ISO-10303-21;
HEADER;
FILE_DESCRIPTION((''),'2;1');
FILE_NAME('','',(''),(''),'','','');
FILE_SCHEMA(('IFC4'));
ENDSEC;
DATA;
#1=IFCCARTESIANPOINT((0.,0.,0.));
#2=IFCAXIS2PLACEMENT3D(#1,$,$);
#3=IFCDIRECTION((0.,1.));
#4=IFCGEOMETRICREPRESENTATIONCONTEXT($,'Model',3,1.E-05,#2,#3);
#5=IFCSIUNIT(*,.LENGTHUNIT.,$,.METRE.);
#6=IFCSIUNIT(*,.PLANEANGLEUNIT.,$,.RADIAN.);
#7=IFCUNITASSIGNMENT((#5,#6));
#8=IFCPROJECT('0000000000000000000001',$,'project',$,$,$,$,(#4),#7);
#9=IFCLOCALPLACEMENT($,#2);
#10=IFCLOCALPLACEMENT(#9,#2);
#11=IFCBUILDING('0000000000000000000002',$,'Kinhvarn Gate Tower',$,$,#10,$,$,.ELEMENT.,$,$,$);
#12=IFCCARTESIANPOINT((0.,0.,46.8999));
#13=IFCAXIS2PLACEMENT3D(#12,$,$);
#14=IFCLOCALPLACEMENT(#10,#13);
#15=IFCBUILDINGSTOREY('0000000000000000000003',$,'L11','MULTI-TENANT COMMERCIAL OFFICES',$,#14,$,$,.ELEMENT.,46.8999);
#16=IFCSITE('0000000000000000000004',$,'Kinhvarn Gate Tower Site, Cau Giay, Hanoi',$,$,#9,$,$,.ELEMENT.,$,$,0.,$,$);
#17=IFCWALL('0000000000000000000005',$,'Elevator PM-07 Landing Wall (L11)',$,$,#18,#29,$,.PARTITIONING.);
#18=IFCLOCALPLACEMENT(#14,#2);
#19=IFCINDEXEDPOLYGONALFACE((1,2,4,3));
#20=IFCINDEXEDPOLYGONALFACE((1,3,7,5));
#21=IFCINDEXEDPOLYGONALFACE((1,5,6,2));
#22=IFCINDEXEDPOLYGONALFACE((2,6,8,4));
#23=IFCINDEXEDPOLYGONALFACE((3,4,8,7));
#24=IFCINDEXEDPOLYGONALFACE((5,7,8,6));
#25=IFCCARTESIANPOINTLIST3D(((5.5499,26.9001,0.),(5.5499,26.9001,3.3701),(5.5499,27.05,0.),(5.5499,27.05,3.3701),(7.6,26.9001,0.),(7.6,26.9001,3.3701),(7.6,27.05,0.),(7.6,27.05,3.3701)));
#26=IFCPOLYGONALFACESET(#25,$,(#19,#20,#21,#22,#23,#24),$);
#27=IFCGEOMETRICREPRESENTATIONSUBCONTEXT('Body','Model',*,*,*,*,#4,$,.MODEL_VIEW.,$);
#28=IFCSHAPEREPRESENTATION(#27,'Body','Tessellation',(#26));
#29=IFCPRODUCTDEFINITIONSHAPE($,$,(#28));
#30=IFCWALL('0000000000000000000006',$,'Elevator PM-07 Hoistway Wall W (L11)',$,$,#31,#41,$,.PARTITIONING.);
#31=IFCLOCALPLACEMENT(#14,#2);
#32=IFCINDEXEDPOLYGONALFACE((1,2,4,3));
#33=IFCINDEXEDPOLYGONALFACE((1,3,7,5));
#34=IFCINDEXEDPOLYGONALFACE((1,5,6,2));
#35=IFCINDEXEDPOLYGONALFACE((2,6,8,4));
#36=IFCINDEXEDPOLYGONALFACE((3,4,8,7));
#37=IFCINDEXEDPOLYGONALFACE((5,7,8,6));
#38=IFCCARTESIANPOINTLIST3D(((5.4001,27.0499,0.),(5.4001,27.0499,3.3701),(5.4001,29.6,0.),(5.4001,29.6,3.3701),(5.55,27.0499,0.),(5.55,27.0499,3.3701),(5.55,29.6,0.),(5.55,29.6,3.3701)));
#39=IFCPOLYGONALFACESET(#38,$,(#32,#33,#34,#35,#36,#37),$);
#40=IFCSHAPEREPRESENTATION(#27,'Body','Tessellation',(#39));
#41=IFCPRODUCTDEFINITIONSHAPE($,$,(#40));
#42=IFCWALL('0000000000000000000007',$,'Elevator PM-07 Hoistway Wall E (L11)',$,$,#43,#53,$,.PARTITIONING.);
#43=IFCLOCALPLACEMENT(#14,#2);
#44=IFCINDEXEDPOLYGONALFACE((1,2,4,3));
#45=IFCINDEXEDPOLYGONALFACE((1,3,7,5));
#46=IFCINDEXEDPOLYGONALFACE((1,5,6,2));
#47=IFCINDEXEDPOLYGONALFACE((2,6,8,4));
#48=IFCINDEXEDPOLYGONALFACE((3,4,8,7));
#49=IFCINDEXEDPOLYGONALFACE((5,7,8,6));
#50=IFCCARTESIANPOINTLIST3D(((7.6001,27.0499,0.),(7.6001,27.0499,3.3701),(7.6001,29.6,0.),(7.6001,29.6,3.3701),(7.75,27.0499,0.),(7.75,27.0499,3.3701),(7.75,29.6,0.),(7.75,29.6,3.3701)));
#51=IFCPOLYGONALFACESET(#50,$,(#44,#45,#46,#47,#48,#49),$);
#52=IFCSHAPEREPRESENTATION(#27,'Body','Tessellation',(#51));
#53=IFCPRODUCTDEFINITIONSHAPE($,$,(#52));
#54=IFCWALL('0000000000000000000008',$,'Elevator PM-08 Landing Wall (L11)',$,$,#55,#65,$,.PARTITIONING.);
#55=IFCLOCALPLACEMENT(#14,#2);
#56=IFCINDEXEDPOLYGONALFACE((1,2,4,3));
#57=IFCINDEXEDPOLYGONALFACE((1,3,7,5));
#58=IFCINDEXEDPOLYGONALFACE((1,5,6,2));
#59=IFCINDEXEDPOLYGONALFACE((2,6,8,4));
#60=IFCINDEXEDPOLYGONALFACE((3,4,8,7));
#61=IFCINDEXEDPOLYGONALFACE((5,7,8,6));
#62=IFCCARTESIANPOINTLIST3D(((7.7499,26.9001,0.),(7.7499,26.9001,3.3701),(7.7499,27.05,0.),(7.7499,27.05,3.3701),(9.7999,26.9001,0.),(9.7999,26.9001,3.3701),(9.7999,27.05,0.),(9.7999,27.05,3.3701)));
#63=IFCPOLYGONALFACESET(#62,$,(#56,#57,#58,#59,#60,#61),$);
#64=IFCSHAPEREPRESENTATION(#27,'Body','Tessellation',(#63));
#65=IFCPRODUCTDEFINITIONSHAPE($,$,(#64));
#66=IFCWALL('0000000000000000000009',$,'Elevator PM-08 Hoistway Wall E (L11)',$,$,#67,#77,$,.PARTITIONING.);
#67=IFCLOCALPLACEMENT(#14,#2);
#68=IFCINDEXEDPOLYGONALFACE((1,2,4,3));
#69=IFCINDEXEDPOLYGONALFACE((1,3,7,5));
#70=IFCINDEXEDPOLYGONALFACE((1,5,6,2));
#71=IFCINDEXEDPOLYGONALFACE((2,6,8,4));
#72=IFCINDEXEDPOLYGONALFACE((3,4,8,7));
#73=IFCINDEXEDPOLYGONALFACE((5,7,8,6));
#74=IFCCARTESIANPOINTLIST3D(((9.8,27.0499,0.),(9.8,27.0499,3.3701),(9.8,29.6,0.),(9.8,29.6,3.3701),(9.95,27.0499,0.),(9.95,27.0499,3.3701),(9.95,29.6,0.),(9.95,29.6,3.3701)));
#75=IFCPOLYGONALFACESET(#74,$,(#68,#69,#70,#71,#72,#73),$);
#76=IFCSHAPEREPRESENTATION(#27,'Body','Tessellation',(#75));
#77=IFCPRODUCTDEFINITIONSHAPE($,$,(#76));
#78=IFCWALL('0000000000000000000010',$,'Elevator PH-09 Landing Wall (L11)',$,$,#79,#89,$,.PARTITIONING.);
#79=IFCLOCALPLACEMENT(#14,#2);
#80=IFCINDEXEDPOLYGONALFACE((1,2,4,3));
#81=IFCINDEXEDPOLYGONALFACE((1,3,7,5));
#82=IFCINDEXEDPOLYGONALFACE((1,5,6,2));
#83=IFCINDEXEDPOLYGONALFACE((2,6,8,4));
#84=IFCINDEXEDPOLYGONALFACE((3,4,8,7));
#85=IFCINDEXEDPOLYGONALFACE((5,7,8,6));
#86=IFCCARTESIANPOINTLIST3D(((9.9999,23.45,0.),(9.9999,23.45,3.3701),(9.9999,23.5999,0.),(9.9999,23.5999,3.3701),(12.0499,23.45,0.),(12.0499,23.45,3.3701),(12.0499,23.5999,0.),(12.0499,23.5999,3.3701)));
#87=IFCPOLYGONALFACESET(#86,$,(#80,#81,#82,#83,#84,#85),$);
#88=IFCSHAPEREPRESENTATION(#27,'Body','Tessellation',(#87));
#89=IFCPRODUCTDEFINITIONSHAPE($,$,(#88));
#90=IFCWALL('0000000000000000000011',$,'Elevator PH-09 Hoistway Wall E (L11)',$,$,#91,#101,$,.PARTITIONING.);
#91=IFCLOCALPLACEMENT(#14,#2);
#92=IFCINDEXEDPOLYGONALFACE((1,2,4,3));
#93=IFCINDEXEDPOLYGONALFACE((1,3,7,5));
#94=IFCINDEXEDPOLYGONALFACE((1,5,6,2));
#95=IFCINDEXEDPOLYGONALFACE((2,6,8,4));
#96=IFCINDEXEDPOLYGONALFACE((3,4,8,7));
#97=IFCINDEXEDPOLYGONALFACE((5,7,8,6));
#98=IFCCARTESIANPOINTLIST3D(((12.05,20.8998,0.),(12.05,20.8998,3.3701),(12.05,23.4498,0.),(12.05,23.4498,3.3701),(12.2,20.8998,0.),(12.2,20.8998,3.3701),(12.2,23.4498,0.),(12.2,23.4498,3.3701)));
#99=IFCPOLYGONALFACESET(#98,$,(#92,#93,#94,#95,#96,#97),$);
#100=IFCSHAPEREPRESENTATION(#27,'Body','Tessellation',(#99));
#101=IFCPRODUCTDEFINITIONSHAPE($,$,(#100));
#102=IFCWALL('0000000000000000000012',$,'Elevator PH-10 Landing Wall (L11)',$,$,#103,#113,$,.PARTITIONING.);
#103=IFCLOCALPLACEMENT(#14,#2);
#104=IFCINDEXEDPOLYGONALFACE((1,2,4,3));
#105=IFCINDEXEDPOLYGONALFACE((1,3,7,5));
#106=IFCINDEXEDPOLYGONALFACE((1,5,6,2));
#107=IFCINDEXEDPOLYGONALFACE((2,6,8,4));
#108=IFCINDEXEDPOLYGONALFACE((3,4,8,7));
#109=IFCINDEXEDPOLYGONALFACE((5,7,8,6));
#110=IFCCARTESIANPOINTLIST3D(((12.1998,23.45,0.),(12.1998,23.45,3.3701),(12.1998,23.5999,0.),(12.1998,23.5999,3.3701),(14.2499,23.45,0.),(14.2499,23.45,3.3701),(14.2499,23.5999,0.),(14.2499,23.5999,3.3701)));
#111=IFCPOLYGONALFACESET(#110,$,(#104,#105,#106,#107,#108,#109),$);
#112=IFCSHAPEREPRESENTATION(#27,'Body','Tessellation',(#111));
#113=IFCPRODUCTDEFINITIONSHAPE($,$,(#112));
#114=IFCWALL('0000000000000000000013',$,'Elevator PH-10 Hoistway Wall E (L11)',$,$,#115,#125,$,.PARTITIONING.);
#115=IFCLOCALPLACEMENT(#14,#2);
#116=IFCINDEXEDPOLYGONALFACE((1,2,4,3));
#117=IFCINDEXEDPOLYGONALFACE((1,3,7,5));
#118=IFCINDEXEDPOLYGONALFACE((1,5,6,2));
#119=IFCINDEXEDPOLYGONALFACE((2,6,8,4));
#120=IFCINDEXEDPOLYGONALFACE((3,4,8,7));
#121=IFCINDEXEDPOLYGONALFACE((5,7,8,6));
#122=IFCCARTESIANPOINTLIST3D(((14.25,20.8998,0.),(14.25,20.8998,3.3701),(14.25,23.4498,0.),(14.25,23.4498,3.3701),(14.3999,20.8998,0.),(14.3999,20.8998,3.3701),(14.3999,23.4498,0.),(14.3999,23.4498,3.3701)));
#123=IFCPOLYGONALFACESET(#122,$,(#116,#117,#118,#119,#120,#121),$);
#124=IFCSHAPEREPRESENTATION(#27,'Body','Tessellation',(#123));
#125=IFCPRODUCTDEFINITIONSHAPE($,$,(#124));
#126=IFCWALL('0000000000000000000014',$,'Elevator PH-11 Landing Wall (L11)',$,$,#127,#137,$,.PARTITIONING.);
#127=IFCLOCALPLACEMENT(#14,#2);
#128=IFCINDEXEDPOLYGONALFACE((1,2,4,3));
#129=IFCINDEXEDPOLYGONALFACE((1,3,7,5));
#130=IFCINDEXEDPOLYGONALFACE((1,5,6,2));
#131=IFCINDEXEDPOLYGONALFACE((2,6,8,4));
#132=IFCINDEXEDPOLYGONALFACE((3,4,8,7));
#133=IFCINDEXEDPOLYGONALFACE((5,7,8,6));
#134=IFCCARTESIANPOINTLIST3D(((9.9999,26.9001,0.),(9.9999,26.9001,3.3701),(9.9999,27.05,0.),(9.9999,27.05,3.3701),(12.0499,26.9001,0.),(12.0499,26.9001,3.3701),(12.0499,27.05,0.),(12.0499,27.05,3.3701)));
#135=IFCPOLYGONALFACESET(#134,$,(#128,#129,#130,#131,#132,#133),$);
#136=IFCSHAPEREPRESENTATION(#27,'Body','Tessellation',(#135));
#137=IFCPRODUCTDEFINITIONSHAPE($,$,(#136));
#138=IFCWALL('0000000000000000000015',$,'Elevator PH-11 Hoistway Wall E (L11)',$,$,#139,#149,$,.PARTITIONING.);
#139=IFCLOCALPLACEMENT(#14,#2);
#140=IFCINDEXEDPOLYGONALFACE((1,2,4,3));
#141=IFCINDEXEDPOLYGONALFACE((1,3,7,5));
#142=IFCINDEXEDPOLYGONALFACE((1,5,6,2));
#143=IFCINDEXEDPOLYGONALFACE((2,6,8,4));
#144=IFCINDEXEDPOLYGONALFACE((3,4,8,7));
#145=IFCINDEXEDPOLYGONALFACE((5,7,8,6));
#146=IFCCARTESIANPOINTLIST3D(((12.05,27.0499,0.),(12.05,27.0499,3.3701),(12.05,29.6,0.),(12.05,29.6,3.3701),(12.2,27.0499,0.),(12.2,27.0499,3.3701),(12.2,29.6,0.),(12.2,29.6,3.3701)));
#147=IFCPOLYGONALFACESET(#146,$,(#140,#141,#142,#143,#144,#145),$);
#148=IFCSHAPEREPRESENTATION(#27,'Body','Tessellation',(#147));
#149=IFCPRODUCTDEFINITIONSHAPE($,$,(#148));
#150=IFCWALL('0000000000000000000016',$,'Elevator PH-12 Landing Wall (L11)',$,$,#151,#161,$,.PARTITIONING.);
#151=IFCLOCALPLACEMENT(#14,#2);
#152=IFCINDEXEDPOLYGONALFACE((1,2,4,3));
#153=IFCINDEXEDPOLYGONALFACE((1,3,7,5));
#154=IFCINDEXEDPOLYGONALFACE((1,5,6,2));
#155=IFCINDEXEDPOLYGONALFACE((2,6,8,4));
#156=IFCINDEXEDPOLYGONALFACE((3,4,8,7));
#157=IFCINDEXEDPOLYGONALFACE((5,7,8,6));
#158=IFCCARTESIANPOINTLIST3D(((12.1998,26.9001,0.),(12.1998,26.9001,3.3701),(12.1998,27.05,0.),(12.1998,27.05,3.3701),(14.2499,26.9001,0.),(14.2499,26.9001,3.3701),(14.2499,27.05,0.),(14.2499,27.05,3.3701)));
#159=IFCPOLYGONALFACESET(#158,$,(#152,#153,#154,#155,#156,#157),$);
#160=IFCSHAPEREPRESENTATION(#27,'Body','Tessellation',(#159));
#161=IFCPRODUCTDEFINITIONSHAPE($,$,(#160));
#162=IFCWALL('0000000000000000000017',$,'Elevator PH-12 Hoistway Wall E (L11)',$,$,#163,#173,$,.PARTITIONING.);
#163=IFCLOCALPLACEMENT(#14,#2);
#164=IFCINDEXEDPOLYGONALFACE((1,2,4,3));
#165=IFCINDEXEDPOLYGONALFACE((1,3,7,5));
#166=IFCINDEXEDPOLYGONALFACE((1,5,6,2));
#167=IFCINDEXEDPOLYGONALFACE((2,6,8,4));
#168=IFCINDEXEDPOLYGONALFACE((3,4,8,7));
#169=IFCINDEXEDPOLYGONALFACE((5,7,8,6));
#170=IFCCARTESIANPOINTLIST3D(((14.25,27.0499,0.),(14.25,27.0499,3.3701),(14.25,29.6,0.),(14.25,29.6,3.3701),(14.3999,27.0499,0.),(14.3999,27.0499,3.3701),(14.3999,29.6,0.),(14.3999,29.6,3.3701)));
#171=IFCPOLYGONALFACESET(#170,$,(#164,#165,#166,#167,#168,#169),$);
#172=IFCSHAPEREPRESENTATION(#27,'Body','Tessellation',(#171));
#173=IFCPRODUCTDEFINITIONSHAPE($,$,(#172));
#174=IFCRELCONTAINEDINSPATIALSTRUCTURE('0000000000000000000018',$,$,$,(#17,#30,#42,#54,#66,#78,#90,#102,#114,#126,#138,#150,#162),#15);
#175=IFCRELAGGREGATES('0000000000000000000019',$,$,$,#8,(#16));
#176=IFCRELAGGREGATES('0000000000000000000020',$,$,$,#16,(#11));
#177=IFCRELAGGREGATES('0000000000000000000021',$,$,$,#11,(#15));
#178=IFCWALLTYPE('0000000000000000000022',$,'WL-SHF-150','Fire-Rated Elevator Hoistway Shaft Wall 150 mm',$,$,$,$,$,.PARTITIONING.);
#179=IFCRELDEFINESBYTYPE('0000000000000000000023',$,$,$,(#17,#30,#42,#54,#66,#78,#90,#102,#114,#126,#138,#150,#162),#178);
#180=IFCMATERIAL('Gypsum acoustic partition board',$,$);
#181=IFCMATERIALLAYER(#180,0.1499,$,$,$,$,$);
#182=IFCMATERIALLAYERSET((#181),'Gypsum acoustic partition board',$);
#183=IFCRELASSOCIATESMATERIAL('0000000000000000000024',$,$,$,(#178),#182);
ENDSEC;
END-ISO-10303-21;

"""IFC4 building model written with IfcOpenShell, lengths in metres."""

from ifc_helpers import new_model, si_unit, direction, frame, frame_2d, origin, place, context, subcontext, project, spatial, rectangle, extrude, material, layer, layer_set, type_object, element, save


model = new_model("IFC4")

# Units and contexts
model_context = context("Model", 3, precision=1e-05, world=origin(), true_north=direction((0.0, 1.0)))
body_context = subcontext(model_context, "Body", "Model", "MODEL_VIEW")
ifc_project = project(units=[si_unit("LENGTHUNIT", "METRE"), si_unit("PLANEANGLEUNIT", "RADIAN")], contexts=[model_context])

# Site, building, storey
site_placement = place(None, origin())
site = spatial("IfcSite", under=ifc_project, at=site_placement, Name="Kinhvarn Gate Tower Site, Cau Giay, Hanoi", CompositionType="ELEMENT", RefElevation=0.0)
building_placement = place(site_placement, origin())
building = spatial("IfcBuilding", under=site, at=building_placement, Name="Kinhvarn Gate Tower", CompositionType="ELEMENT")
storey_placement = place(building_placement, frame((0.0, 0.0, 46.8999)))
storey = spatial("IfcBuildingStorey", under=building, at=storey_placement, Name="L11", Description="MULTI-TENANT COMMERCIAL OFFICES", CompositionType="ELEMENT", Elevation=46.8999)

# Shared definitions
ifc_material_1 = material(Name="Gypsum acoustic partition board")

# Walls
ifc_layer_1 = layer(ifc_material_1, 0.1499)
ifc_layer_set_1 = layer_set([ifc_layer_1], Name="Gypsum acoustic partition board")
wall_type_1 = type_object("IfcWallType", Name="WL-SHF-150", Description="Fire-Rated Elevator Hoistway Shaft Wall 150 mm", PredefinedType="PARTITIONING", material=ifc_layer_set_1)
wall_1_placement = place(storey_placement, frame((5.55, 26.9751, 0.0), z_axis=(0.0, 0.0, 1.0), x_axis=(1.0, 0.0, 0.0)))
element("IfcWall", 1, at=wall_1_placement, inside=storey, type_object=wall_type_1, Name="Elevator PM-07 Landing Wall (L11)", PredefinedType="PARTITIONING", context=body_context, shape_type="SweptSolid", body=[
    extrude(rectangle(XDim=2.05, YDim=0.1499, at=frame_2d((1.0249, 0.0))), origin(), (0.0, 0.0, 1.0), 3.3701),
])
for number, where, z_axis, x_axis, name in (
    (2, (5.4751, 27.05, 0.0), (0.0, 0.0, 1.0), (0.0, 1.0, 0.0), "Elevator PM-07 Hoistway Wall W (L11)"),
    (3, (7.675, 27.05, 0.0), (0.0, 0.0, 1.0), (0.0, 1.0, 0.0), "Elevator PM-07 Hoistway Wall E (L11)"),
):
    element("IfcWall", number, at=place(storey_placement, frame(where, z_axis=z_axis, x_axis=x_axis)), inside=storey, type_object=wall_type_1, Name=name, PredefinedType="PARTITIONING", context=body_context, shape_type="SweptSolid", body=[
        extrude(rectangle(XDim=2.55, YDim=0.1499, at=frame_2d((1.2749, 0.0))), origin(), (0.0, 0.0, 1.0), 3.3701),
    ])
wall_2_placement = place(storey_placement, frame((7.75, 26.9751, 0.0), z_axis=(0.0, 0.0, 1.0), x_axis=(1.0, 0.0, 0.0)))
element("IfcWall", 4, at=wall_2_placement, inside=storey, type_object=wall_type_1, Name="Elevator PM-08 Landing Wall (L11)", PredefinedType="PARTITIONING", context=body_context, shape_type="SweptSolid", body=[
    extrude(rectangle(XDim=2.05, YDim=0.1499, at=frame_2d((1.0249, 0.0))), origin(), (0.0, 0.0, 1.0), 3.3701),
])
wall_3_placement = place(storey_placement, frame((9.875, 27.05, 0.0), z_axis=(0.0, 0.0, 1.0), x_axis=(0.0, 1.0, 0.0)))
element("IfcWall", 5, at=wall_3_placement, inside=storey, type_object=wall_type_1, Name="Elevator PM-08 Hoistway Wall E (L11)", PredefinedType="PARTITIONING", context=body_context, shape_type="SweptSolid", body=[
    extrude(rectangle(XDim=2.55, YDim=0.1499, at=frame_2d((1.2749, 0.0))), origin(), (0.0, 0.0, 1.0), 3.3701),
])
wall_4_placement = place(storey_placement, frame((10.0, 23.5249, 0.0), z_axis=(0.0, 0.0, 1.0), x_axis=(1.0, 0.0, 0.0)))
element("IfcWall", 6, at=wall_4_placement, inside=storey, type_object=wall_type_1, Name="Elevator PH-09 Landing Wall (L11)", PredefinedType="PARTITIONING", context=body_context, shape_type="SweptSolid", body=[
    extrude(rectangle(XDim=2.05, YDim=0.1499, at=frame_2d((1.0249, 0.0))), origin(), (0.0, 0.0, 1.0), 3.3701),
])
wall_5_placement = place(storey_placement, frame((12.125, 20.8999, 0.0), z_axis=(0.0, 0.0, 1.0), x_axis=(0.0, 1.0, 0.0)))
element("IfcWall", 7, at=wall_5_placement, inside=storey, type_object=wall_type_1, Name="Elevator PH-09 Hoistway Wall E (L11)", PredefinedType="PARTITIONING", context=body_context, shape_type="SweptSolid", body=[
    extrude(rectangle(XDim=2.55, YDim=0.1499, at=frame_2d((1.2749, 0.0))), origin(), (0.0, 0.0, 1.0), 3.3701),
])
wall_6_placement = place(storey_placement, frame((12.2, 23.5249, 0.0), z_axis=(0.0, 0.0, 1.0), x_axis=(1.0, 0.0, 0.0)))
element("IfcWall", 8, at=wall_6_placement, inside=storey, type_object=wall_type_1, Name="Elevator PH-10 Landing Wall (L11)", PredefinedType="PARTITIONING", context=body_context, shape_type="SweptSolid", body=[
    extrude(rectangle(XDim=2.05, YDim=0.1499, at=frame_2d((1.0249, 0.0))), origin(), (0.0, 0.0, 1.0), 3.3701),
])
wall_7_placement = place(storey_placement, frame((14.325, 20.8999, 0.0), z_axis=(0.0, 0.0, 1.0), x_axis=(0.0, 1.0, 0.0)))
element("IfcWall", 9, at=wall_7_placement, inside=storey, type_object=wall_type_1, Name="Elevator PH-10 Hoistway Wall E (L11)", PredefinedType="PARTITIONING", context=body_context, shape_type="SweptSolid", body=[
    extrude(rectangle(XDim=2.55, YDim=0.1499, at=frame_2d((1.2749, 0.0))), origin(), (0.0, 0.0, 1.0), 3.3701),
])
wall_8_placement = place(storey_placement, frame((10.0, 26.9751, 0.0), z_axis=(0.0, 0.0, 1.0), x_axis=(1.0, 0.0, 0.0)))
element("IfcWall", 10, at=wall_8_placement, inside=storey, type_object=wall_type_1, Name="Elevator PH-11 Landing Wall (L11)", PredefinedType="PARTITIONING", context=body_context, shape_type="SweptSolid", body=[
    extrude(rectangle(XDim=2.05, YDim=0.1499, at=frame_2d((1.0249, 0.0))), origin(), (0.0, 0.0, 1.0), 3.3701),
])
wall_9_placement = place(storey_placement, frame((12.125, 27.05, 0.0), z_axis=(0.0, 0.0, 1.0), x_axis=(0.0, 1.0, 0.0)))
element("IfcWall", 11, at=wall_9_placement, inside=storey, type_object=wall_type_1, Name="Elevator PH-11 Hoistway Wall E (L11)", PredefinedType="PARTITIONING", context=body_context, shape_type="SweptSolid", body=[
    extrude(rectangle(XDim=2.55, YDim=0.1499, at=frame_2d((1.2749, 0.0))), origin(), (0.0, 0.0, 1.0), 3.3701),
])
wall_10_placement = place(storey_placement, frame((12.2, 26.9751, 0.0), z_axis=(0.0, 0.0, 1.0), x_axis=(1.0, 0.0, 0.0)))
element("IfcWall", 12, at=wall_10_placement, inside=storey, type_object=wall_type_1, Name="Elevator PH-12 Landing Wall (L11)", PredefinedType="PARTITIONING", context=body_context, shape_type="SweptSolid", body=[
    extrude(rectangle(XDim=2.05, YDim=0.1499, at=frame_2d((1.0249, 0.0))), origin(), (0.0, 0.0, 1.0), 3.3701),
])
wall_11_placement = place(storey_placement, frame((14.325, 27.05, 0.0), z_axis=(0.0, 0.0, 1.0), x_axis=(0.0, 1.0, 0.0)))
element("IfcWall", 13, at=wall_11_placement, inside=storey, type_object=wall_type_1, Name="Elevator PH-12 Hoistway Wall E (L11)", PredefinedType="PARTITIONING", context=body_context, shape_type="SweptSolid", body=[
    extrude(rectangle(XDim=2.55, YDim=0.1499, at=frame_2d((1.2749, 0.0))), origin(), (0.0, 0.0, 1.0), 3.3701),
])

save(model, "model.ifc")
